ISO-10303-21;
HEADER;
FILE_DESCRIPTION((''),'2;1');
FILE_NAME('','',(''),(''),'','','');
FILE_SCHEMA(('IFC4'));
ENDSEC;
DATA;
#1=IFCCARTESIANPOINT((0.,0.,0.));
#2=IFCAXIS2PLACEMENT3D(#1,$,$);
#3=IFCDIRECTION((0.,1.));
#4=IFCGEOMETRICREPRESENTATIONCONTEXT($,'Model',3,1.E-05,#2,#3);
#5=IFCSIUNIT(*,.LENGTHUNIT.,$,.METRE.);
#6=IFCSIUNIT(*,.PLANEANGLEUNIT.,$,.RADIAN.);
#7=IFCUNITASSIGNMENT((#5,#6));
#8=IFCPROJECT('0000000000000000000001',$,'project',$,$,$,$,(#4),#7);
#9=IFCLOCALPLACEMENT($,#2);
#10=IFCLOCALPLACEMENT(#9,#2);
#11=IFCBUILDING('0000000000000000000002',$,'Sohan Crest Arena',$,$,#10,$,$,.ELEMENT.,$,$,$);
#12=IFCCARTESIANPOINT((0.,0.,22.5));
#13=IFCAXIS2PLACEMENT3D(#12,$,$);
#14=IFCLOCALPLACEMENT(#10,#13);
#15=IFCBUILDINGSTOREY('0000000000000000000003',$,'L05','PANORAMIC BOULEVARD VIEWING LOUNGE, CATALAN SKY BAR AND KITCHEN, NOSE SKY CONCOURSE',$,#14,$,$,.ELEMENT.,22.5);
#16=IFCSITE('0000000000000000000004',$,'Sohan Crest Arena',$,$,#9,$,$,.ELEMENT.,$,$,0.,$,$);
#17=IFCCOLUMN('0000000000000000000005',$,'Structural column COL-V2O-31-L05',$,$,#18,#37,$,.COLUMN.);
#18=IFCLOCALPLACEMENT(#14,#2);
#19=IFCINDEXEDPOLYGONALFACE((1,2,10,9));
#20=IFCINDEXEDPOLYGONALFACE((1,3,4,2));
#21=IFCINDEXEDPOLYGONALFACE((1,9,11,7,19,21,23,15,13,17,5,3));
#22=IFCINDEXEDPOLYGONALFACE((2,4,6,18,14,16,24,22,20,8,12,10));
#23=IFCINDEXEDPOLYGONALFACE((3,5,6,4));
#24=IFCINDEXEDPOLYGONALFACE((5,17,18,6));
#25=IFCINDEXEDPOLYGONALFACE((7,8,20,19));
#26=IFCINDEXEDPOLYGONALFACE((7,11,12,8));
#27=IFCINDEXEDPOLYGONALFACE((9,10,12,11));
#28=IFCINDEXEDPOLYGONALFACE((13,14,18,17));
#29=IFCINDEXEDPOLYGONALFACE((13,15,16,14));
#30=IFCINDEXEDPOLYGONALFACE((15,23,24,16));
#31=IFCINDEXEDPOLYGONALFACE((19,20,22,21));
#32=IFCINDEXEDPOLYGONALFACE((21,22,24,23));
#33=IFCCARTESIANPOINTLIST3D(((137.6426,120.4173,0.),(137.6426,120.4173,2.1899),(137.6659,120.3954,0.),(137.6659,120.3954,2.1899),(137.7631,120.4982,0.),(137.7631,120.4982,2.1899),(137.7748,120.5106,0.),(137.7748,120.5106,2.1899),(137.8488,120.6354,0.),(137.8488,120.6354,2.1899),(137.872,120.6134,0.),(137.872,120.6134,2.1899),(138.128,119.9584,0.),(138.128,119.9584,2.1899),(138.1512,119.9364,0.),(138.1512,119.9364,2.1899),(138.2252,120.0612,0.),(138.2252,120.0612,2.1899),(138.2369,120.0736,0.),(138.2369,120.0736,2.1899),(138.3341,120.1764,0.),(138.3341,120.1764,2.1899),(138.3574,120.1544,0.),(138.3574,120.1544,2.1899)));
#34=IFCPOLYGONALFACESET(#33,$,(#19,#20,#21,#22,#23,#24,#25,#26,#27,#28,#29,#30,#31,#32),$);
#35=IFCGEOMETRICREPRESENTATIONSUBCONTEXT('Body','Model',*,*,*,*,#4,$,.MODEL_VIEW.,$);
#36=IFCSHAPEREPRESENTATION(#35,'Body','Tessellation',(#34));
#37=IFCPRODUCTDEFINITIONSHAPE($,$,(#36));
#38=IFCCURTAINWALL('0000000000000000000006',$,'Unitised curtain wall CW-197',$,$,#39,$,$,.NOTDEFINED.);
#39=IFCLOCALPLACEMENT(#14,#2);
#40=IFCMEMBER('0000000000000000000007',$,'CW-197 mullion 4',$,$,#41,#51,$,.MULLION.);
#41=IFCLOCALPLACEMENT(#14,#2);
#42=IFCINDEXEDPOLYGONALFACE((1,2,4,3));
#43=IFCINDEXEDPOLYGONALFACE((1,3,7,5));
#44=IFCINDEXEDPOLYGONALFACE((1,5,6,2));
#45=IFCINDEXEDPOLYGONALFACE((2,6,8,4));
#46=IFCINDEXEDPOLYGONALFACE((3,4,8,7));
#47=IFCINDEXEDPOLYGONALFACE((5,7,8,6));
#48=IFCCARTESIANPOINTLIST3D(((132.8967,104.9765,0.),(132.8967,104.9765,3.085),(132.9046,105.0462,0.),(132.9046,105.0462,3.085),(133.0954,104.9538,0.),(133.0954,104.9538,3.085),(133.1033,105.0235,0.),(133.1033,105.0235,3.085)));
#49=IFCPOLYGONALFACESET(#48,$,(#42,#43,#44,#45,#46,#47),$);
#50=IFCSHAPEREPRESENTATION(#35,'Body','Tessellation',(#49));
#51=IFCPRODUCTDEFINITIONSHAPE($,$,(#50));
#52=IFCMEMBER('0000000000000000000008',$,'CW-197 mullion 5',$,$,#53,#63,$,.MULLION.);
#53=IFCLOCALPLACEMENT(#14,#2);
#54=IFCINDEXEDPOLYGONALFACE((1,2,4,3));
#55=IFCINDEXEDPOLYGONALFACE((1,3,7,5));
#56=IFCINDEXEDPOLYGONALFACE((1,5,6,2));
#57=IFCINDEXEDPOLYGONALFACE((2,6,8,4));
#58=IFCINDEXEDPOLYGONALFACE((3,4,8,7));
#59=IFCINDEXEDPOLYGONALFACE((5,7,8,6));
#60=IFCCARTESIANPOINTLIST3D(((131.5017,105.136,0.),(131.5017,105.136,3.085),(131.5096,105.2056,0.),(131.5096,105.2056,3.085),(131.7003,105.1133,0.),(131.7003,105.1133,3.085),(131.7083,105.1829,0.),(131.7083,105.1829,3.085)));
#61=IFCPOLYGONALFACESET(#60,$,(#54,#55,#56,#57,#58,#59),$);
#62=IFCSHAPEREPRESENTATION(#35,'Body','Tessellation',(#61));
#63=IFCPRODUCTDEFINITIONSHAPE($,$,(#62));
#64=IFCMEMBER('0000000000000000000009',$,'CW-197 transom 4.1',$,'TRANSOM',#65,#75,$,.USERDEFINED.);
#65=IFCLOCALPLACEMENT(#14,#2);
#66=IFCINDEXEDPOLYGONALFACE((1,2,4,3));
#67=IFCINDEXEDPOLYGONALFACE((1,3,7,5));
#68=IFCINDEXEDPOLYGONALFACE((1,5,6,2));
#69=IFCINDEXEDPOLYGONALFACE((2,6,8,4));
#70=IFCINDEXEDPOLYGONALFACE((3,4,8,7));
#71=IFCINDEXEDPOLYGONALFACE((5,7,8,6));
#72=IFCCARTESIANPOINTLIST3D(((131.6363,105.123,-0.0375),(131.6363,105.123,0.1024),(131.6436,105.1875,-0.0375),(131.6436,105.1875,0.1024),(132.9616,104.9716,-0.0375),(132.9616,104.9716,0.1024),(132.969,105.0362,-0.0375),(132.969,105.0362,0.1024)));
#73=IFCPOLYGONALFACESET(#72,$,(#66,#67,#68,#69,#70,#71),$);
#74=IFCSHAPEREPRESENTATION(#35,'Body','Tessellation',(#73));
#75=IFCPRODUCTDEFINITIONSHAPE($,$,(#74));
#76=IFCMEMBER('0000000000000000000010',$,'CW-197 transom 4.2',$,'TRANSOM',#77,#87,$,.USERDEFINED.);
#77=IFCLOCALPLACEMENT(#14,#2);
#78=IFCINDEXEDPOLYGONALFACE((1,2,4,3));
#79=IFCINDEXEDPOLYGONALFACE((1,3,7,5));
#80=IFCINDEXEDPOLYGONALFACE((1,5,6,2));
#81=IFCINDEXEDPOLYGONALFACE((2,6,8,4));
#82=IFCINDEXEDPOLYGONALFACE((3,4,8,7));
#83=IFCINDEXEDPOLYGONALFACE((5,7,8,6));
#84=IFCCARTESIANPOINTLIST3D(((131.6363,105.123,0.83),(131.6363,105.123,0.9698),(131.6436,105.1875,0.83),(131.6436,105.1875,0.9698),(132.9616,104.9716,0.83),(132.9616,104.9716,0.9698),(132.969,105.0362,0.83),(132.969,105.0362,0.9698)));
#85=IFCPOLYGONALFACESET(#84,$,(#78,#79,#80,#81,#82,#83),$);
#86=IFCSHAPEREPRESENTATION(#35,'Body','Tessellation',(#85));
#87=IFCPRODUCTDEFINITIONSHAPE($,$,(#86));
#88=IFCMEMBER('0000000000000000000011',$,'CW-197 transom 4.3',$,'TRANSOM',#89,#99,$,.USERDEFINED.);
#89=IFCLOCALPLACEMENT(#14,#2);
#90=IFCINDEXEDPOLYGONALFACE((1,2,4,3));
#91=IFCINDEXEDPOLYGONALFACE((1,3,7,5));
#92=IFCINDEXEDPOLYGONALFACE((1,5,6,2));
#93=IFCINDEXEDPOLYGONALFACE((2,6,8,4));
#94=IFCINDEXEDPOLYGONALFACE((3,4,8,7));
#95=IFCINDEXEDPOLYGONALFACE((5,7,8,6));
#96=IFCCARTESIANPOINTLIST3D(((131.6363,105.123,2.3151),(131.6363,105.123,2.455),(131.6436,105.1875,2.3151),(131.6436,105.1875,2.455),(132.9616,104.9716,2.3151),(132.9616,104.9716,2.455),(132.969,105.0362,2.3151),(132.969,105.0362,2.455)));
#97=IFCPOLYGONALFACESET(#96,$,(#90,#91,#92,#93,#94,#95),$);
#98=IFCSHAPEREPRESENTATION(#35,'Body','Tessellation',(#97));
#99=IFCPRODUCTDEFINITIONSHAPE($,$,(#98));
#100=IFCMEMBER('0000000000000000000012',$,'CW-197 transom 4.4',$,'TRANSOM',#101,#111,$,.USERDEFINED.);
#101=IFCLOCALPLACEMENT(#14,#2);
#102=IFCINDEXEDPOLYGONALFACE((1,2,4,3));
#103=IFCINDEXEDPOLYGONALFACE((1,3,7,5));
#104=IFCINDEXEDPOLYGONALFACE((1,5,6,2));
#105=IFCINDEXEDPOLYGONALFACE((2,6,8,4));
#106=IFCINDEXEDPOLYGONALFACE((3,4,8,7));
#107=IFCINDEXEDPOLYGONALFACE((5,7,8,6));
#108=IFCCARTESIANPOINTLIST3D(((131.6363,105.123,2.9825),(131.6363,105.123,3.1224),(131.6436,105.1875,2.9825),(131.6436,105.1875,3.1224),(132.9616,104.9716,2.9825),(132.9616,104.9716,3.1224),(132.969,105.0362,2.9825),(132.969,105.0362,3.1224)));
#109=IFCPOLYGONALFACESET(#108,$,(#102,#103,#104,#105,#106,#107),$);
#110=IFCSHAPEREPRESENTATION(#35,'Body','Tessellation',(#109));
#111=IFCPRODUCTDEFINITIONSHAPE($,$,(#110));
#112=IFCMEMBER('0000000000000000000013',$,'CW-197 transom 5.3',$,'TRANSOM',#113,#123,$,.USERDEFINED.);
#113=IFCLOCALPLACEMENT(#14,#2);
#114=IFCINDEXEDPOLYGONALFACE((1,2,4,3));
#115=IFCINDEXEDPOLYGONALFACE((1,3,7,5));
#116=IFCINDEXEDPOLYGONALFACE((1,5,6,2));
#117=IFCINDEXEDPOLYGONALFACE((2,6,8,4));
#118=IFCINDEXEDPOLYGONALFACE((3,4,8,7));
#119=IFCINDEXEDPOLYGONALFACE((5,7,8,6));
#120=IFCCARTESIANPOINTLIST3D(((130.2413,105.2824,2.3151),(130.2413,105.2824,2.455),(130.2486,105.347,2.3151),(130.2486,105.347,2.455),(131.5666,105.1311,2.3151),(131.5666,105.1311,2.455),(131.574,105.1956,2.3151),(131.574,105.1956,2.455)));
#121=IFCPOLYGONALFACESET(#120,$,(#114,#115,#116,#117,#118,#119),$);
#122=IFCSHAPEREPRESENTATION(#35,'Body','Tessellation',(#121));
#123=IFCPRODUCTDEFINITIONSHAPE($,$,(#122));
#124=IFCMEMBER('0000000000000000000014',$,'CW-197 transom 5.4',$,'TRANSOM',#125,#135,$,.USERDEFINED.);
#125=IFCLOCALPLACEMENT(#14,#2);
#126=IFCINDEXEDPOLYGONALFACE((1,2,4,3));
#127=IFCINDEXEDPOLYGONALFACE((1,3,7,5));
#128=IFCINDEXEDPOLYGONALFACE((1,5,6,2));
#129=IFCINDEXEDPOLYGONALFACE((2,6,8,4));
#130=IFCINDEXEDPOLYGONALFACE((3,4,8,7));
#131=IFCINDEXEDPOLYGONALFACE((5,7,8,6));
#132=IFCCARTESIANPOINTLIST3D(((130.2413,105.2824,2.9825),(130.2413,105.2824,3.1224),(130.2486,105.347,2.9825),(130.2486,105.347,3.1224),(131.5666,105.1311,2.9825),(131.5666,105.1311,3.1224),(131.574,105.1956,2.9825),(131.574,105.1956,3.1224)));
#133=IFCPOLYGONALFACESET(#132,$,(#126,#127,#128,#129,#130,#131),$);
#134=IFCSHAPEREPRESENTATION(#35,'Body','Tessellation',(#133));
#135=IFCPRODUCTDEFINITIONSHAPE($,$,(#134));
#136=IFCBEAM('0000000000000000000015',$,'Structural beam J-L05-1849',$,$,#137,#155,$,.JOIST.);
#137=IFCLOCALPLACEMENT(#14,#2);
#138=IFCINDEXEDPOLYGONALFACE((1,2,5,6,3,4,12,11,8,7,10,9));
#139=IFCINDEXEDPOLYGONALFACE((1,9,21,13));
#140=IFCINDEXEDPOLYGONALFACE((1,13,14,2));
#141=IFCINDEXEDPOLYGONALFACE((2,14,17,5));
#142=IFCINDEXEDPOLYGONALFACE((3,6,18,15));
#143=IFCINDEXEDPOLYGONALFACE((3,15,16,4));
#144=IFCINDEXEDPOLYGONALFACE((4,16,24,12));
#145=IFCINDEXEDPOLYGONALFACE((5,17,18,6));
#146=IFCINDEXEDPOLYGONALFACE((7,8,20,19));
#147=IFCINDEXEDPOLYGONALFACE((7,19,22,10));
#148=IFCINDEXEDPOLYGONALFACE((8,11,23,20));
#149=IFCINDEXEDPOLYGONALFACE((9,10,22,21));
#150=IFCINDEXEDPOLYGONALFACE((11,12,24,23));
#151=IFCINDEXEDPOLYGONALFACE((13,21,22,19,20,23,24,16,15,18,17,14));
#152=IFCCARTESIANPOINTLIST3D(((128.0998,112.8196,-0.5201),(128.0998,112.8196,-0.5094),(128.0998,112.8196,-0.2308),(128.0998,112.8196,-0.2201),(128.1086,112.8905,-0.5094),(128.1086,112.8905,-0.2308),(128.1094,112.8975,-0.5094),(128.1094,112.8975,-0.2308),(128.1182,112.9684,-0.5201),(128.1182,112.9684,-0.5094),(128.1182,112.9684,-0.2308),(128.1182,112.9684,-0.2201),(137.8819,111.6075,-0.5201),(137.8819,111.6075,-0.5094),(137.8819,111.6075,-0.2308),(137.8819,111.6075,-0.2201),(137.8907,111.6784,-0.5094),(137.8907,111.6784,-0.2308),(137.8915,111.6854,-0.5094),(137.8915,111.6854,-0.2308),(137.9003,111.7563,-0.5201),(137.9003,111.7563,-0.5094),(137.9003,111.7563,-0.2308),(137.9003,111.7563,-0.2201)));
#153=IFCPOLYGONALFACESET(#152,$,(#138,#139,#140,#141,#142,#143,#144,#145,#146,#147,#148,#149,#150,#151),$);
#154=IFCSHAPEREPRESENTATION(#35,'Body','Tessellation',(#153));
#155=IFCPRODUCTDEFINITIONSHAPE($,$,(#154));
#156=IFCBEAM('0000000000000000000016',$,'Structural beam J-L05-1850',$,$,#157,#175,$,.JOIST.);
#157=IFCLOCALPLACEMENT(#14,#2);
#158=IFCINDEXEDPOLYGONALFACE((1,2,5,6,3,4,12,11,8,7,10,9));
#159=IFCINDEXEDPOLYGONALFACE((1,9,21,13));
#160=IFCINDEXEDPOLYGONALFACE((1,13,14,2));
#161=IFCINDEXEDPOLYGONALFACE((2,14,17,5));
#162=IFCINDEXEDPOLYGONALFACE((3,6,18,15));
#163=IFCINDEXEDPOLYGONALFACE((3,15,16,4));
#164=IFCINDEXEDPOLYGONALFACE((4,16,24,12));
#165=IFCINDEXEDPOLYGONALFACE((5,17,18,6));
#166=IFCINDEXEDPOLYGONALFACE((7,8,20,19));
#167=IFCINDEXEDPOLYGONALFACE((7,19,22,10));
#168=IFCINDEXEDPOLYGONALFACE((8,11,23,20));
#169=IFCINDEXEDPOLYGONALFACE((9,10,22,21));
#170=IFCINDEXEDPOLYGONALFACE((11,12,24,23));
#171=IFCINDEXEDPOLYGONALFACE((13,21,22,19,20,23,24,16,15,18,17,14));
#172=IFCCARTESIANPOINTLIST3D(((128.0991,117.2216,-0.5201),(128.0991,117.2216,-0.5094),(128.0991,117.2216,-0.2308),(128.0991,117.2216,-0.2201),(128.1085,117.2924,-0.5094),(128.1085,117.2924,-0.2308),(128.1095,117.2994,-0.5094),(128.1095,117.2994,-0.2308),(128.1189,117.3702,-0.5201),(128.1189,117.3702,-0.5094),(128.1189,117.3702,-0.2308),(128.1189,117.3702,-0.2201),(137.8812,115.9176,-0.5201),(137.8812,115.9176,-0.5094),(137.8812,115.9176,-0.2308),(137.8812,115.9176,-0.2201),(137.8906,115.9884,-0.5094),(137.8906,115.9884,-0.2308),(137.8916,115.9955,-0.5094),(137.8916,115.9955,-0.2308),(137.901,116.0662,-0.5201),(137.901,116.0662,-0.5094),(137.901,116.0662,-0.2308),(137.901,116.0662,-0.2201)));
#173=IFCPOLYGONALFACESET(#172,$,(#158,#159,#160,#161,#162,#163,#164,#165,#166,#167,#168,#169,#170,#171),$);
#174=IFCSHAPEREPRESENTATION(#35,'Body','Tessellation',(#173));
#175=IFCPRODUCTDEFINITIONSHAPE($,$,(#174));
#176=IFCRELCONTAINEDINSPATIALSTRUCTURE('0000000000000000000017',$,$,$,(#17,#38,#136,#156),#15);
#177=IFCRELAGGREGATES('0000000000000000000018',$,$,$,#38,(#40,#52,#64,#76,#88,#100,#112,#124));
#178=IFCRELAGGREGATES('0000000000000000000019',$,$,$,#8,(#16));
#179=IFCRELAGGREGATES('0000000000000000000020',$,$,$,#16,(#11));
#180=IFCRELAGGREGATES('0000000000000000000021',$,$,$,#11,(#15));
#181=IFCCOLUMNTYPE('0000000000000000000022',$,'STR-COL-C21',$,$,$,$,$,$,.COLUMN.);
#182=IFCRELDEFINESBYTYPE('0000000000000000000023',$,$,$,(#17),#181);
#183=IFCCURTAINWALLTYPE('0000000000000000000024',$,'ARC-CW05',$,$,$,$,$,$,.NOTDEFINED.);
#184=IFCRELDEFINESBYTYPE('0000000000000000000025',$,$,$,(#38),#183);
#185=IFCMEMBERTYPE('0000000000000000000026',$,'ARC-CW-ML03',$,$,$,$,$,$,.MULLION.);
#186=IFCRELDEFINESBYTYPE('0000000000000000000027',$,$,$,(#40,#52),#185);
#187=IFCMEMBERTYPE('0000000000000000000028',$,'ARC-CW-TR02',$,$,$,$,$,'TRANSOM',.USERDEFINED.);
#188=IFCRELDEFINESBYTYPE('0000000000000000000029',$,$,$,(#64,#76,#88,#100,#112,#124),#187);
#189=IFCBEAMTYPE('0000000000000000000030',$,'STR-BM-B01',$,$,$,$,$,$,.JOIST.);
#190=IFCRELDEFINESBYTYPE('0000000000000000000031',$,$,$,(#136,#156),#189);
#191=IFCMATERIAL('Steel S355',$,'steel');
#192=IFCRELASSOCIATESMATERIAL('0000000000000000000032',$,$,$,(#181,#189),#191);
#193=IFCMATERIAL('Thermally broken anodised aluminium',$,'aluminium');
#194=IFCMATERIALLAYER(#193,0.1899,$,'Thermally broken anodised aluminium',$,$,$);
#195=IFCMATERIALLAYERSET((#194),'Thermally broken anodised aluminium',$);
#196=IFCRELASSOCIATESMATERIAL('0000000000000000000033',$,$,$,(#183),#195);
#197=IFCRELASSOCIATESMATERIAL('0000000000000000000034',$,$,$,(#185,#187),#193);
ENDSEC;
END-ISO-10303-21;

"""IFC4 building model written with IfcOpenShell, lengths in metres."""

from ifc_helpers import new_model, si_unit, direction, frame, origin, origin_2d, place, context, subcontext, project, spatial, rectangle, i_section, extrude, material, layer, layer_set, material_profile, profile_set, type_object, element, aggregate, save


model = new_model("IFC4")

# Units and contexts
model_context = context("Model", 3, precision=1e-05, world=origin(), true_north=direction((0.0, 1.0)))
body_context = subcontext(model_context, "Body", "Model", "MODEL_VIEW")
ifc_project = project(units=[si_unit("LENGTHUNIT", "METRE"), si_unit("PLANEANGLEUNIT", "RADIAN")], contexts=[model_context])

# Site, building, storey
site_placement = place(None, origin())
site = spatial("IfcSite", under=ifc_project, at=site_placement, Name="Sohan Crest Arena", CompositionType="ELEMENT", RefElevation=0.0)
building_placement = place(site_placement, origin())
building = spatial("IfcBuilding", under=site, at=building_placement, Name="Sohan Crest Arena", CompositionType="ELEMENT")
storey_placement = place(building_placement, frame((0.0, 0.0, 22.5)))
storey = spatial("IfcBuildingStorey", under=building, at=storey_placement, Name="L05", Description="PANORAMIC BOULEVARD VIEWING LOUNGE, CATALAN SKY BAR AND KITCHEN, NOSE SKY CONCOURSE", CompositionType="ELEMENT", Elevation=22.5)

# Column
ifc_material_1 = material(Name="Steel S355", Category="steel")
ifc_material_profile_1 = material_profile(ifc_material_1, i_section(OverallWidth=0.3, OverallDepth=0.7, WebThickness=0.0171, FlangeThickness=0.032, at=origin_2d()), Name="HEB 700")
ifc_profile_set_1 = profile_set([ifc_material_profile_1], Name="Steel S355")
column_type = type_object("IfcColumnType", Name="STR-COL-C21", PredefinedType="COLUMN", material=ifc_profile_set_1)
column_placement = place(storey_placement, frame((138.0, 120.2859, 0.0), z_axis=(0.0, 0.0, 1.0), x_axis=(0.687088, 0.726575, 0.0)))
element("IfcColumn", 1, at=column_placement, inside=storey, type_object=column_type, Name="Structural column COL-V2O-31-L05", PredefinedType="COLUMN", context=body_context, shape_type="SweptSolid", body=[
    extrude(i_section(OverallWidth=0.3, OverallDepth=0.7, WebThickness=0.0171, FlangeThickness=0.032, at=origin_2d()), origin(), (0.0, 0.0, 1.0), 2.1899),
])

# Curtain wall, members
ifc_material_2 = material(Name="Thermally broken anodised aluminium", Category="aluminium")
ifc_layer_1 = layer(ifc_material_2, 0.1899, Name="Thermally broken anodised aluminium")
ifc_layer_set_1 = layer_set([ifc_layer_1], Name="Thermally broken anodised aluminium")
curtain_wall_type = type_object("IfcCurtainWallType", Name="ARC-CW05", PredefinedType="NOTDEFINED", material=ifc_layer_set_1)
curtain_wall_placement = place(storey_placement, origin())
curtain_wall = element("IfcCurtainWall", 2, at=curtain_wall_placement, inside=storey, type_object=curtain_wall_type, Name="Unitised curtain wall CW-197", PredefinedType="NOTDEFINED")
ifc_material_profile_2 = material_profile(ifc_material_2, rectangle(XDim=0.0701, YDim=0.2, at=origin_2d()), Name="ALU-MULL 70x200")
ifc_profile_set_2 = profile_set([ifc_material_profile_2], Name="Thermally broken anodised aluminium")
member_type_1 = type_object("IfcMemberType", Name="ARC-CW-ML03", PredefinedType="MULLION", material=ifc_profile_set_2)
member_1_placement = place(storey_placement, frame((133.0, 105.0, 0.0), z_axis=(0.0, 0.0, 1.0), x_axis=(-0.11348, -0.99354, 0.0)))
member_1 = element("IfcMember", 3, at=member_1_placement, type_object=member_type_1, Name="CW-197 mullion 4", PredefinedType="MULLION", context=body_context, shape_type="SweptSolid", body=[
    extrude(rectangle(XDim=0.0701, YDim=0.2, at=origin_2d()), origin(), (0.0, 0.0, 1.0), 3.085),
])
member_2_placement = place(storey_placement, frame((131.605, 105.1594, 0.0), z_axis=(0.0, 0.0, 1.0), x_axis=(-0.11348, -0.99354, 0.0)))
member_2 = element("IfcMember", 4, at=member_2_placement, type_object=member_type_1, Name="CW-197 mullion 5", PredefinedType="MULLION", context=body_context, shape_type="SweptSolid", body=[
    extrude(rectangle(XDim=0.0701, YDim=0.2, at=origin_2d()), origin(), (0.0, 0.0, 1.0), 3.085),
])
ifc_material_profile_3 = material_profile(ifc_material_2, rectangle(XDim=0.0649, YDim=0.1399, at=origin_2d()), Name="ALU-TRAN 65x140")
ifc_profile_set_3 = profile_set([ifc_material_profile_3], Name="Thermally broken anodised aluminium")
member_type_2 = type_object("IfcMemberType", Name="ARC-CW-TR02", ElementType="TRANSOM", PredefinedType="USERDEFINED", material=ifc_profile_set_3)
member_3_placement = place(storey_placement, frame((132.9653, 105.0039, 0.0325), z_axis=(-0.993542, 0.113464, 0.0), x_axis=(-0.113464, -0.993542, 0.0)))
member_3 = element("IfcMember", 5, at=member_3_placement, type_object=member_type_2, Name="CW-197 transom 4.1", ObjectType="TRANSOM", PredefinedType="USERDEFINED", context=body_context, shape_type="SweptSolid", body=[
    extrude(rectangle(XDim=0.0649, YDim=0.1399, at=origin_2d()), origin(), (0.0, 0.0, 1.0), 1.334),
])
member_4_placement = place(storey_placement, frame((132.9653, 105.0039, 0.8999), z_axis=(-0.993542, 0.113464, 0.0), x_axis=(-0.113464, -0.993542, 0.0)))
member_4 = element("IfcMember", 6, at=member_4_placement, type_object=member_type_2, Name="CW-197 transom 4.2", ObjectType="TRANSOM", PredefinedType="USERDEFINED", context=body_context, shape_type="SweptSolid", body=[
    extrude(rectangle(XDim=0.0649, YDim=0.1399, at=origin_2d()), origin(), (0.0, 0.0, 1.0), 1.334),
])
member_5_placement = place(storey_placement, frame((132.9653, 105.0039, 2.385), z_axis=(-0.993542, 0.113464, 0.0), x_axis=(-0.113464, -0.993542, 0.0)))
member_5 = element("IfcMember", 7, at=member_5_placement, type_object=member_type_2, Name="CW-197 transom 4.3", ObjectType="TRANSOM", PredefinedType="USERDEFINED", context=body_context, shape_type="SweptSolid", body=[
    extrude(rectangle(XDim=0.0649, YDim=0.1399, at=origin_2d()), origin(), (0.0, 0.0, 1.0), 1.334),
])
member_6_placement = place(storey_placement, frame((132.9653, 105.0039, 3.0525), z_axis=(-0.993542, 0.113464, 0.0), x_axis=(-0.113464, -0.993542, 0.0)))
member_6 = element("IfcMember", 8, at=member_6_placement, type_object=member_type_2, Name="CW-197 transom 4.4", ObjectType="TRANSOM", PredefinedType="USERDEFINED", context=body_context, shape_type="SweptSolid", body=[
    extrude(rectangle(XDim=0.0649, YDim=0.1399, at=origin_2d()), origin(), (0.0, 0.0, 1.0), 1.334),
])
member_7_placement = place(storey_placement, frame((131.5703, 105.1633, 2.385), z_axis=(-0.993542, 0.113464, 0.0), x_axis=(-0.113464, -0.993542, 0.0)))
member_7 = element("IfcMember", 9, at=member_7_placement, type_object=member_type_2, Name="CW-197 transom 5.3", ObjectType="TRANSOM", PredefinedType="USERDEFINED", context=body_context, shape_type="SweptSolid", body=[
    extrude(rectangle(XDim=0.0649, YDim=0.1399, at=origin_2d()), origin(), (0.0, 0.0, 1.0), 1.334),
])
member_8_placement = place(storey_placement, frame((131.5703, 105.1633, 3.0525), z_axis=(-0.993542, 0.113464, 0.0), x_axis=(-0.113464, -0.993542, 0.0)))
member_8 = element("IfcMember", 10, at=member_8_placement, type_object=member_type_2, Name="CW-197 transom 5.4", ObjectType="TRANSOM", PredefinedType="USERDEFINED", context=body_context, shape_type="SweptSolid", body=[
    extrude(rectangle(XDim=0.0649, YDim=0.1399, at=origin_2d()), origin(), (0.0, 0.0, 1.0), 1.334),
])

# Beams
ifc_material_profile_4 = material_profile(ifc_material_1, i_section(OverallWidth=0.1499, OverallDepth=0.3, WebThickness=0.0071, FlangeThickness=0.0107, at=origin_2d()), Name="IPE 300")
ifc_profile_set_4 = profile_set([ifc_material_profile_4], Name="Steel S355")
beam_type_1 = type_object("IfcBeamType", Name="STR-BM-B01", PredefinedType="JOIST", material=ifc_profile_set_4)
beam_1_placement = place(storey_placement, frame((137.8911, 111.6819, -0.3701), z_axis=(-0.99241, 0.122974, 0.0), x_axis=(-0.122974, -0.99241, 0.0)))
element("IfcBeam", 11, at=beam_1_placement, inside=storey, type_object=beam_type_1, Name="Structural beam J-L05-1849", PredefinedType="JOIST", context=body_context, shape_type="SweptSolid", body=[
    extrude(i_section(OverallWidth=0.1499, OverallDepth=0.3, WebThickness=0.0071, FlangeThickness=0.0107, at=origin_2d()), origin(), (0.0, 0.0, 1.0), 9.8569),
])
beam_2_placement = place(storey_placement, frame((137.8911, 115.9919, -0.3701), z_axis=(-0.991232, 0.13213, 0.0), x_axis=(-0.13213, -0.991232, 0.0)))
element("IfcBeam", 12, at=beam_2_placement, inside=storey, type_object=beam_type_1, Name="Structural beam J-L05-1850", PredefinedType="JOIST", context=body_context, shape_type="SweptSolid", body=[
    extrude(i_section(OverallWidth=0.1499, OverallDepth=0.3, WebThickness=0.0071, FlangeThickness=0.0107, at=origin_2d()), origin(), (0.0, 0.0, 1.0), 9.8687),
])

aggregate(curtain_wall, [member_1, member_2, member_3, member_4, member_5, member_6, member_7, member_8])

save(model, "model.ifc")
